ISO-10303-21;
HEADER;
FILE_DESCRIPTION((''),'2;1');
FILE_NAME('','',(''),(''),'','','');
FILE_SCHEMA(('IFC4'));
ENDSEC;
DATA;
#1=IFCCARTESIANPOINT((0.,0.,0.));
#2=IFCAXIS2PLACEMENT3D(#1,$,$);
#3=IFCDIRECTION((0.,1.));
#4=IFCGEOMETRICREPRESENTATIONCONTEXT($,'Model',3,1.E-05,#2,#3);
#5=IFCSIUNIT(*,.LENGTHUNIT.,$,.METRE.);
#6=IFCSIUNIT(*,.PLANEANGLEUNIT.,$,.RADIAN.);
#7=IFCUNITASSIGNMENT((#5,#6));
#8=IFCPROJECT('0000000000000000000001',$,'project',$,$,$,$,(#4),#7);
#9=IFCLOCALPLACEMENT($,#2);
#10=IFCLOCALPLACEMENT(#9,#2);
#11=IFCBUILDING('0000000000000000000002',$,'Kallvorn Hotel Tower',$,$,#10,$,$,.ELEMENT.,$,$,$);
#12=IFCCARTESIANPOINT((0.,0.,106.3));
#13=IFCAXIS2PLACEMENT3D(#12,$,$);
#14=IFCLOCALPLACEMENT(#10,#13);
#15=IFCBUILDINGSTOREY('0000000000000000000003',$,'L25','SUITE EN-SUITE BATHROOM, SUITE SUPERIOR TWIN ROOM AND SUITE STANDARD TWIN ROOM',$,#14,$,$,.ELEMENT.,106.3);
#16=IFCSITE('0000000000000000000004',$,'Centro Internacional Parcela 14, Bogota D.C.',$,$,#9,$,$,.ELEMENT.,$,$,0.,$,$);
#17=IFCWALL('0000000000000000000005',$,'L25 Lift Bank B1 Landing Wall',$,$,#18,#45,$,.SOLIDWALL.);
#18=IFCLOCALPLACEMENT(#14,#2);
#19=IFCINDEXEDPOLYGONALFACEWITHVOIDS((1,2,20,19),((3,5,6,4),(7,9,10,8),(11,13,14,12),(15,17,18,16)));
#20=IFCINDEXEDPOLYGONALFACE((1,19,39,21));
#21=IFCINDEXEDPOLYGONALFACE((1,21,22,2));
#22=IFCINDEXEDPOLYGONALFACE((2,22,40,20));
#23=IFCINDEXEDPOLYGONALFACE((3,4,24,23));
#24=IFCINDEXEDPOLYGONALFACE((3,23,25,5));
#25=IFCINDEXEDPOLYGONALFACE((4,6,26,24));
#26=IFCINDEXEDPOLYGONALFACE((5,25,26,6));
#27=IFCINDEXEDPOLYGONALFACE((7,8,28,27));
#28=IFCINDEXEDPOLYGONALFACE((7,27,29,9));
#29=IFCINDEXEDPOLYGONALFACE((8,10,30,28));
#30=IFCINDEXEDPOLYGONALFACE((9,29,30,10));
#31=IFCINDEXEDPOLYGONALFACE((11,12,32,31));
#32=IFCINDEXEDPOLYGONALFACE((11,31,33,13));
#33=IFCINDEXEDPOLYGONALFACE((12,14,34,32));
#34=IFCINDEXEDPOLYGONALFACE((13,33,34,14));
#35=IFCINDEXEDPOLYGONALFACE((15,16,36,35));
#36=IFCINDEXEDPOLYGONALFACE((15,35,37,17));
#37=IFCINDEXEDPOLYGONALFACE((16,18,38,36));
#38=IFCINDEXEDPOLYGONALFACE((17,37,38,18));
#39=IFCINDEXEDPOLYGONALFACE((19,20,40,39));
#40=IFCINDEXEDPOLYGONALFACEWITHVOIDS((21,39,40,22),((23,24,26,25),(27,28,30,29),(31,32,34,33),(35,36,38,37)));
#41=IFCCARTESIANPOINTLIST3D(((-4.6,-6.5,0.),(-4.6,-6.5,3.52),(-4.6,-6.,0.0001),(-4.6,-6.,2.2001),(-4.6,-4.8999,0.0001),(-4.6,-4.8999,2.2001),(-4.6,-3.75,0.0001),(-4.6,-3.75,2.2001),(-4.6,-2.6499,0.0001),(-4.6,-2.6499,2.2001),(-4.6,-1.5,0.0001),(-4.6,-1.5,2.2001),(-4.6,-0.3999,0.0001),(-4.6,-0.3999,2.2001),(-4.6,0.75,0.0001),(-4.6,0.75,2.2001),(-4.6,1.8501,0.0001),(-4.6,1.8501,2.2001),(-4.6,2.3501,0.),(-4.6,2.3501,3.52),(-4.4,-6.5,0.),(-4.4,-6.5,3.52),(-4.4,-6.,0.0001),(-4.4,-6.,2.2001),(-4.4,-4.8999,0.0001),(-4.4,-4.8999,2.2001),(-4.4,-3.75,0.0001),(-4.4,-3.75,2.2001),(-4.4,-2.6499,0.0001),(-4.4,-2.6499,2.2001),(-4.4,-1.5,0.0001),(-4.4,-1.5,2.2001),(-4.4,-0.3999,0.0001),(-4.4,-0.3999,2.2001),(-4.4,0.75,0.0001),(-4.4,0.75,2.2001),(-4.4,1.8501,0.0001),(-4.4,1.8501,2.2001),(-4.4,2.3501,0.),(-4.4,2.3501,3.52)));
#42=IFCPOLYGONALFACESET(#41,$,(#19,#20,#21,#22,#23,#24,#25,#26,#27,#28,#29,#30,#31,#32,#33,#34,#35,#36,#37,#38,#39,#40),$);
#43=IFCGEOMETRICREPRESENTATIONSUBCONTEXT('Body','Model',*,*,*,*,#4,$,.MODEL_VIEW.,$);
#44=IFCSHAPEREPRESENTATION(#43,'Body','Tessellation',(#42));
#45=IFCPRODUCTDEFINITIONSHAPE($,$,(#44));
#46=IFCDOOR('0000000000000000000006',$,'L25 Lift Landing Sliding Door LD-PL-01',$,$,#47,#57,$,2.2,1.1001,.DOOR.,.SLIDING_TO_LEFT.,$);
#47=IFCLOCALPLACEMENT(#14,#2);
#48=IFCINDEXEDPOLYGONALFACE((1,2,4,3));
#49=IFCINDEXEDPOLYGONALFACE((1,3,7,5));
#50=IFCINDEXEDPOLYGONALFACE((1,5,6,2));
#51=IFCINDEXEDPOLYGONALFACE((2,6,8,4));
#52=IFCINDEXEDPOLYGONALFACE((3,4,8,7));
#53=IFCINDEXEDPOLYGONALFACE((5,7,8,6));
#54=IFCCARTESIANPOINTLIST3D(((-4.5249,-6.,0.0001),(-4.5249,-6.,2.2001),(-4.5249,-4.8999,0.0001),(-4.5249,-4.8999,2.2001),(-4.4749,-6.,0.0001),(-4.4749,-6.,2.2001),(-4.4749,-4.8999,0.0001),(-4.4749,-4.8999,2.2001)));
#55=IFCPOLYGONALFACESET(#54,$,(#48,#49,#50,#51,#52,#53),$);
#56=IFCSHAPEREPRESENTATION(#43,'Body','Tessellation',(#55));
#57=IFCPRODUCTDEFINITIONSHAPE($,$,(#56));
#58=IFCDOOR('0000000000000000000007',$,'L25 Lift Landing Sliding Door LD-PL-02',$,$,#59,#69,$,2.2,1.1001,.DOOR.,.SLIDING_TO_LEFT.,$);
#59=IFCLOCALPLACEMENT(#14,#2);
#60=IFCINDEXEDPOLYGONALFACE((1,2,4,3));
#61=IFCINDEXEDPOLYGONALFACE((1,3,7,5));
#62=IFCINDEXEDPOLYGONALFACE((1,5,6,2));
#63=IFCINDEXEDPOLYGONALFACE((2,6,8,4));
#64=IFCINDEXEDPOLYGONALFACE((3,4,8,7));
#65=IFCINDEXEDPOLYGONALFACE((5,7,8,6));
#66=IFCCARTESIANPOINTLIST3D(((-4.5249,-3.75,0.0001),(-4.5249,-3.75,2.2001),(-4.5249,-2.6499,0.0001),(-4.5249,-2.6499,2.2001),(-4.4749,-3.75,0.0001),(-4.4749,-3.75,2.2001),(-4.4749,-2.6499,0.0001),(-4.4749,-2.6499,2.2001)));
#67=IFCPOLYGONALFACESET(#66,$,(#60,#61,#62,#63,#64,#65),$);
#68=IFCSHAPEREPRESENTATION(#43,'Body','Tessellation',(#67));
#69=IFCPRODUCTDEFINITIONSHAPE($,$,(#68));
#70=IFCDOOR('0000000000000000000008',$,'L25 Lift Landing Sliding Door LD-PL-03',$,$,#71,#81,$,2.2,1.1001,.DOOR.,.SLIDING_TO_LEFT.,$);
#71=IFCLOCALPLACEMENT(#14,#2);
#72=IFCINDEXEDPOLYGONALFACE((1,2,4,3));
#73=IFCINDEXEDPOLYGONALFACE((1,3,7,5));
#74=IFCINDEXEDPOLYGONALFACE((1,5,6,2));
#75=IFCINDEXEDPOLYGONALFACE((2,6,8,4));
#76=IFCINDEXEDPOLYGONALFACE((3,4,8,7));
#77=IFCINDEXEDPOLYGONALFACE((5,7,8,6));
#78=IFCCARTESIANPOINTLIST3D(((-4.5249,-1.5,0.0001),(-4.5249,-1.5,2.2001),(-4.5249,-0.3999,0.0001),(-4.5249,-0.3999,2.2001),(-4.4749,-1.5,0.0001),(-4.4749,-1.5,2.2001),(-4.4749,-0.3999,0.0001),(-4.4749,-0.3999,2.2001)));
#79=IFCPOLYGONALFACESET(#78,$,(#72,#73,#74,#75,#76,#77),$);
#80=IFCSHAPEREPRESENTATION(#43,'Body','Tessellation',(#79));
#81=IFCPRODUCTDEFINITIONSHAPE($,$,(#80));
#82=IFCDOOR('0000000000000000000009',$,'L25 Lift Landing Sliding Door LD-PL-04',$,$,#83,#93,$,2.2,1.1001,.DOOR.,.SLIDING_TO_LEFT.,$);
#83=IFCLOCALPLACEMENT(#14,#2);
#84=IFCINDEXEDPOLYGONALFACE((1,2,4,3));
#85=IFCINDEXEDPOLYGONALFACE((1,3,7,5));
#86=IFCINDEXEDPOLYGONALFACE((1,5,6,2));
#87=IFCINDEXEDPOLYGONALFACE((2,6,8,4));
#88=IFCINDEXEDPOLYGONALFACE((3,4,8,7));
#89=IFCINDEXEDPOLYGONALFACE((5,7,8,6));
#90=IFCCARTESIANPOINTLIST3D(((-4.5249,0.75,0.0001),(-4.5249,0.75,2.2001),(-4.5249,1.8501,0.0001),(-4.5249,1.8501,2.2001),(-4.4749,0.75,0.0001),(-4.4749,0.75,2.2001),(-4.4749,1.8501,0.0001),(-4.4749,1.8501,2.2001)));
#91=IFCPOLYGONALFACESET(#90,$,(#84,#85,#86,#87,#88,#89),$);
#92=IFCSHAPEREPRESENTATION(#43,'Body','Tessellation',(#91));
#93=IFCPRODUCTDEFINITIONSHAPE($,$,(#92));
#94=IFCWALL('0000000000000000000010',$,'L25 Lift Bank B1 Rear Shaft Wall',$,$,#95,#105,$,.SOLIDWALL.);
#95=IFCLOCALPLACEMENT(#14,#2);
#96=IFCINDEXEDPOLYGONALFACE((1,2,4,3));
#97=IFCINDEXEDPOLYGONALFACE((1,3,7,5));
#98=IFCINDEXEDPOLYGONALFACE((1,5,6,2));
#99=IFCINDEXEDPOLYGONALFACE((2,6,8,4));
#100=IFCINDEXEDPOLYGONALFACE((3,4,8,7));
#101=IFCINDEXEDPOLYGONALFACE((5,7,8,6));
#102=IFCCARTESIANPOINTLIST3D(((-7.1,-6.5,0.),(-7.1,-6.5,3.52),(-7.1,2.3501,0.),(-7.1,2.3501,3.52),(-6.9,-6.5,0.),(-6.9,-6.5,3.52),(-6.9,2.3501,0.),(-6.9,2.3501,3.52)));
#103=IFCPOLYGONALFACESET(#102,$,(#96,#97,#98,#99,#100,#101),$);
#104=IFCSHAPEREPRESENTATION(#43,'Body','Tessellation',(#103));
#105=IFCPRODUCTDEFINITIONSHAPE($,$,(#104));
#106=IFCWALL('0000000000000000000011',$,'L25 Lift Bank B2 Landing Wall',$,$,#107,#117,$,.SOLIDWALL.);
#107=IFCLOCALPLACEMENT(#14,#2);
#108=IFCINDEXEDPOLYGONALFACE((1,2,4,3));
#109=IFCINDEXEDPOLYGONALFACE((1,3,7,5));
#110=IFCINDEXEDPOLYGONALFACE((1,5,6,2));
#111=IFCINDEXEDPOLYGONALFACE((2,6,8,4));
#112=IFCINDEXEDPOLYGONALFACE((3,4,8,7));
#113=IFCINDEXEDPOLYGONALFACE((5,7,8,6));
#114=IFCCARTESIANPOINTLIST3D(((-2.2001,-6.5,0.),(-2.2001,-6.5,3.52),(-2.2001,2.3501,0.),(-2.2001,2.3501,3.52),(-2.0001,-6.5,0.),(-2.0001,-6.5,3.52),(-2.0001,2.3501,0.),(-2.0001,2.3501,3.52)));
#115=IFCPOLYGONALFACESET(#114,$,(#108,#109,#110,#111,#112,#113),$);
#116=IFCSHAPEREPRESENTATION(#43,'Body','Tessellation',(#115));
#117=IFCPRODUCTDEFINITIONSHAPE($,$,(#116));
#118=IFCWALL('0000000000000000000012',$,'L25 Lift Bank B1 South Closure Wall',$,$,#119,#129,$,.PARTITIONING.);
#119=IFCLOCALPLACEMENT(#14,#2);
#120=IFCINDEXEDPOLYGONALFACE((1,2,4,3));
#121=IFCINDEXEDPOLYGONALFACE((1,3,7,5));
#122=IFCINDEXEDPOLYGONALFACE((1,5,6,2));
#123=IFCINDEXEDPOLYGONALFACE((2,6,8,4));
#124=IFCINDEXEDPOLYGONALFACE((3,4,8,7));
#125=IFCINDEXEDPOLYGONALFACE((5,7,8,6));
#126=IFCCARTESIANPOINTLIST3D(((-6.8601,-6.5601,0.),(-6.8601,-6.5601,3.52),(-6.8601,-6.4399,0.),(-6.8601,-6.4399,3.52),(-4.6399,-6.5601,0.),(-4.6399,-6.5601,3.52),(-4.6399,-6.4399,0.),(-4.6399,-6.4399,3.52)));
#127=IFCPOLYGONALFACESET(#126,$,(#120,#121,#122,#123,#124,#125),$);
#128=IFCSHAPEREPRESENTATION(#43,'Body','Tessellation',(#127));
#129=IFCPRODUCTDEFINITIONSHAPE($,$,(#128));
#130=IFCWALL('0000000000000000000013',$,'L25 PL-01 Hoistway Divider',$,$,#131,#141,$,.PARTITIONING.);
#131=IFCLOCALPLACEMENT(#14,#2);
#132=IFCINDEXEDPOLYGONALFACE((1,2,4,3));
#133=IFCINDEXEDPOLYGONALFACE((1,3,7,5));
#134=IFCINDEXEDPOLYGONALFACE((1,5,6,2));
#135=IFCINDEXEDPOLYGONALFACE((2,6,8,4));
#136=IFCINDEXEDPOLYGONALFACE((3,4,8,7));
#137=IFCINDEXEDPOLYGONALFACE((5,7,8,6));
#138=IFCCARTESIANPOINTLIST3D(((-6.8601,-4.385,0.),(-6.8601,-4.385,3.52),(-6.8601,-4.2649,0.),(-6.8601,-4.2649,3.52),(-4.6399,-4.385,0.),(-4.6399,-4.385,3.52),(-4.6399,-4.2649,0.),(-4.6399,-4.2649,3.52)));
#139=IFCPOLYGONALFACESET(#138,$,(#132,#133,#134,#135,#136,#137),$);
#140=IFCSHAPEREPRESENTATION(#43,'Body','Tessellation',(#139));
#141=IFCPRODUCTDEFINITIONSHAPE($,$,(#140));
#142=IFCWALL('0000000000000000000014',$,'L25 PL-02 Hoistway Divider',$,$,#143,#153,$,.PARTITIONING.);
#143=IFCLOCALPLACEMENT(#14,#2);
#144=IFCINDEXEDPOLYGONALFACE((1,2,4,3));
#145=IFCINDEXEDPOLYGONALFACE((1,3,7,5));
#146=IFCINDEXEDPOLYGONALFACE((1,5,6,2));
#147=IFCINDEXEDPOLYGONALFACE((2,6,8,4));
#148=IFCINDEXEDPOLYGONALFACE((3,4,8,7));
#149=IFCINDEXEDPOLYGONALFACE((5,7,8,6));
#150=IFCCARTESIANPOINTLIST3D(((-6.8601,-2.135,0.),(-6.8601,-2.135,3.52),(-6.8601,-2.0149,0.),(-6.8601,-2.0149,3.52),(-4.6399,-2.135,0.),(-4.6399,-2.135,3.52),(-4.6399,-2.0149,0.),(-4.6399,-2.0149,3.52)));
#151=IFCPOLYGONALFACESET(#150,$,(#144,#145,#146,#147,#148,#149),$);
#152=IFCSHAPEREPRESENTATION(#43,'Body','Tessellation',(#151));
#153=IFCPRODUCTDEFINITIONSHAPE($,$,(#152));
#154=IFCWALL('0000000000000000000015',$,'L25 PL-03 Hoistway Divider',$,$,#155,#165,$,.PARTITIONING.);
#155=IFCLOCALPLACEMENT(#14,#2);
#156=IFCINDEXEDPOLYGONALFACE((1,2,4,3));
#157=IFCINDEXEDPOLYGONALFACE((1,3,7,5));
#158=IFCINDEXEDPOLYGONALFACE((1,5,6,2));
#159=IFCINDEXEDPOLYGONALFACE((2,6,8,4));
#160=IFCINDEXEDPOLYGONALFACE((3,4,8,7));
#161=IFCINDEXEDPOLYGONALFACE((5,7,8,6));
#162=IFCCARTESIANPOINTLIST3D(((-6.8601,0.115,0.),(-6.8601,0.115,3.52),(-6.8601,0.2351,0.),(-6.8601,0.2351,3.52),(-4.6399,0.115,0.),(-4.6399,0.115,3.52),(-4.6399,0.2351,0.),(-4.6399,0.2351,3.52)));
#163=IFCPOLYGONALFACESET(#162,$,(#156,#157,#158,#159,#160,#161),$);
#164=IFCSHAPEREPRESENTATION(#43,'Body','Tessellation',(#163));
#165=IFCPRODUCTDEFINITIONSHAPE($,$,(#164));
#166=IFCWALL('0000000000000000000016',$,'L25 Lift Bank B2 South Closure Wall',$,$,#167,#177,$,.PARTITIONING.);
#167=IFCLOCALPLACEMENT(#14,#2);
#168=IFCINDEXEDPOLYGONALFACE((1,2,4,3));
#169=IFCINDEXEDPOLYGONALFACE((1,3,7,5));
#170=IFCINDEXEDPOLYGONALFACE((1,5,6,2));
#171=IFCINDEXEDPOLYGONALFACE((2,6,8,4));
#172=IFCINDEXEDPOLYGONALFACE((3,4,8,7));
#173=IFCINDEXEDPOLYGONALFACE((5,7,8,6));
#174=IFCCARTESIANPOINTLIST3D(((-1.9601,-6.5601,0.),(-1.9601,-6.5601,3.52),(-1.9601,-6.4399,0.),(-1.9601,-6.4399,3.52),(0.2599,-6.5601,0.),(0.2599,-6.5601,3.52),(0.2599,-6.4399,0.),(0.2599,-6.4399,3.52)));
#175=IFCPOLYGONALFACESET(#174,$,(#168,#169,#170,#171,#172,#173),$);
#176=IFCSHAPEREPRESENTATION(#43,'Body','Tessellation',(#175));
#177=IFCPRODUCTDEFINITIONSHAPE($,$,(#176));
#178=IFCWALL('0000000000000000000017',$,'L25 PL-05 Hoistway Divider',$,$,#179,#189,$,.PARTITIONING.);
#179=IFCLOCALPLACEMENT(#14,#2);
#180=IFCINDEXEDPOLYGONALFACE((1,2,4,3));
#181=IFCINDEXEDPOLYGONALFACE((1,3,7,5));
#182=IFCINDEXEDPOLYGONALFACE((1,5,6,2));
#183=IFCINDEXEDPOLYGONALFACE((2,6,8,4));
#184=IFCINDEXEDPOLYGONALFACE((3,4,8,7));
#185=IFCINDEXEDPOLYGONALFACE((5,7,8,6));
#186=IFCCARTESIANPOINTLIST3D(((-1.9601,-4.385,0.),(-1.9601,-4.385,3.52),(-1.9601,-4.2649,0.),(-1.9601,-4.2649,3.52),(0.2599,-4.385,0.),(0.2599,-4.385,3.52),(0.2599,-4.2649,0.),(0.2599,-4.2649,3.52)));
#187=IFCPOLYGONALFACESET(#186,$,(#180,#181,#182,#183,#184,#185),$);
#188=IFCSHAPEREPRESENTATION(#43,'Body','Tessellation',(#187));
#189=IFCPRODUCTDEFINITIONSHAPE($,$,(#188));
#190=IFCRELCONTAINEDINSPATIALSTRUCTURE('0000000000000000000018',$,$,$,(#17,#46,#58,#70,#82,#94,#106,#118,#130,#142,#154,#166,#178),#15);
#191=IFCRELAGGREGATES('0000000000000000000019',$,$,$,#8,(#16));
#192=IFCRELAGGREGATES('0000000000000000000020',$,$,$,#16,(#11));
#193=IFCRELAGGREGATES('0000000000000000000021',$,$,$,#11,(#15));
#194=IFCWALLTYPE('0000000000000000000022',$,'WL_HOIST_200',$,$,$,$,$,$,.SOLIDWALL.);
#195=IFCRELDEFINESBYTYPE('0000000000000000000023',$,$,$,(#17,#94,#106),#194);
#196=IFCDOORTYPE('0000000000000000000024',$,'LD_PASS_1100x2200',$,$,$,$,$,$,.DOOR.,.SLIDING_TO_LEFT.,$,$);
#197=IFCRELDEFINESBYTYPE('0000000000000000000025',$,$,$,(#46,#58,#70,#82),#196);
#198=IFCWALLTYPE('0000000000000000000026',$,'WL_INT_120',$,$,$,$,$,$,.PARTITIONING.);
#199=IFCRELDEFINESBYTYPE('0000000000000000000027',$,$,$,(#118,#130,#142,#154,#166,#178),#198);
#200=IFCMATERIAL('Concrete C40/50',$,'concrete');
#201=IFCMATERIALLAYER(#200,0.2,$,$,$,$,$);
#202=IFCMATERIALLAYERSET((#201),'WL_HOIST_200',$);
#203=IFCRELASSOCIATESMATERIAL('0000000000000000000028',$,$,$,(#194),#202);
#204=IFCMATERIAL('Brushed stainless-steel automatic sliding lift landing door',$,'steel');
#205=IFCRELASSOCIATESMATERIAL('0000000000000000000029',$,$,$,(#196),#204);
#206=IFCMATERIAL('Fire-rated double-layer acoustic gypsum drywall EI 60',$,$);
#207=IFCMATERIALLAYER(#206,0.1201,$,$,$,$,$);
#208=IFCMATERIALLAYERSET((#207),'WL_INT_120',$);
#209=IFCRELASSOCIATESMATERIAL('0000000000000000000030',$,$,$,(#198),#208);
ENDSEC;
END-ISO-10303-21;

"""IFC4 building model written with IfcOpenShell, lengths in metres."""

from ifc_helpers import new_model, si_unit, direction, frame, frame_2d, origin, place, context, subcontext, project, spatial, rectangle, extrude, material, layer, layer_set, type_object, element, fill, save


model = new_model("IFC4")

# Units and contexts
model_context = context("Model", 3, precision=1e-05, world=origin(), true_north=direction((0.0, 1.0)))
body_context = subcontext(model_context, "Body", "Model", "MODEL_VIEW")
ifc_project = project(units=[si_unit("LENGTHUNIT", "METRE"), si_unit("PLANEANGLEUNIT", "RADIAN")], contexts=[model_context])

# Site, building, storey
site_placement = place(None, origin())
site = spatial("IfcSite", under=ifc_project, at=site_placement, Name="Centro Internacional Parcela 14, Bogota D.C.", CompositionType="ELEMENT", RefElevation=0.0)
building_placement = place(site_placement, origin())
building = spatial("IfcBuilding", under=site, at=building_placement, Name="Kallvorn Hotel Tower", CompositionType="ELEMENT")
storey_placement = place(building_placement, frame((0.0, 0.0, 106.3)))
storey = spatial("IfcBuildingStorey", under=building, at=storey_placement, Name="L25", Description="SUITE EN-SUITE BATHROOM, SUITE SUPERIOR TWIN ROOM AND SUITE STANDARD TWIN ROOM", CompositionType="ELEMENT", Elevation=106.3)

# Wall, openings, doors
ifc_material_1 = material(Name="Concrete C40/50", Category="concrete")
ifc_layer_1 = layer(ifc_material_1, 0.2)
ifc_layer_set_1 = layer_set([ifc_layer_1], Name="WL_HOIST_200")
wall_type_1 = type_object("IfcWallType", Name="WL_HOIST_200", PredefinedType="SOLIDWALL", material=ifc_layer_set_1)
wall_1_placement = place(storey_placement, frame((-4.5, -6.5, 0.0), z_axis=(0.0, 0.0, 1.0), x_axis=(0.0, 1.0, 0.0)))
wall_1 = element("IfcWall", 1, at=wall_1_placement, inside=storey, type_object=wall_type_1, Name="L25 Lift Bank B1 Landing Wall", PredefinedType="SOLIDWALL", context=body_context, shape_type="SweptSolid", body=[
    extrude(rectangle(XDim=8.8501, YDim=0.2, at=frame_2d((4.425, 0.0))), origin(), (0.0, 0.0, 1.0), 3.52),
])
opening_1_placement = place(wall_1_placement, frame((0.5, 0.0, 0.0)))
opening_1 = element("IfcOpeningElement", 2, at=opening_1_placement, cuts=wall_1, PredefinedType="OPENING", context=body_context, shape_type="SweptSolid", body=[
    extrude(rectangle(XDim=1.1001, YDim=2.2, at=frame_2d((0.55, 1.1001))), frame((0.0, 0.115, 0.0), z_axis=(0.0, -1.0, 0.0), x_axis=(1.0, 0.0, 0.0)), (0.0, 0.0, 1.0), 0.23),
])
opening_2_placement = place(wall_1_placement, frame((2.75, 0.0, 0.0)))
opening_2 = element("IfcOpeningElement", 3, at=opening_2_placement, cuts=wall_1, PredefinedType="OPENING", context=body_context, shape_type="SweptSolid", body=[
    extrude(rectangle(XDim=1.1001, YDim=2.2, at=frame_2d((0.55, 1.1001))), frame((0.0, 0.115, 0.0), z_axis=(0.0, -1.0, 0.0), x_axis=(1.0, 0.0, 0.0)), (0.0, 0.0, 1.0), 0.23),
])
opening_3_placement = place(wall_1_placement, frame((5.0, 0.0, 0.0)))
opening_3 = element("IfcOpeningElement", 4, at=opening_3_placement, cuts=wall_1, PredefinedType="OPENING", context=body_context, shape_type="SweptSolid", body=[
    extrude(rectangle(XDim=1.1001, YDim=2.2, at=frame_2d((0.55, 1.1001))), frame((0.0, 0.115, 0.0), z_axis=(0.0, -1.0, 0.0), x_axis=(1.0, 0.0, 0.0)), (0.0, 0.0, 1.0), 0.23),
])
opening_4_placement = place(wall_1_placement, frame((7.25, 0.0, 0.0)))
opening_4 = element("IfcOpeningElement", 5, at=opening_4_placement, cuts=wall_1, PredefinedType="OPENING", context=body_context, shape_type="SweptSolid", body=[
    extrude(rectangle(XDim=1.1001, YDim=2.2, at=frame_2d((0.55, 1.1001))), frame((0.0, 0.115, 0.0), z_axis=(0.0, -1.0, 0.0), x_axis=(1.0, 0.0, 0.0)), (0.0, 0.0, 1.0), 0.23),
])
ifc_material_2 = material(Name="Brushed stainless-steel automatic sliding lift landing door", Category="steel")
door_type_1 = type_object("IfcDoorType", Name="LD_PASS_1100x2200", OperationType="SLIDING_TO_LEFT", PredefinedType="DOOR", material=ifc_material_2)
door_1_placement = place(opening_1_placement, origin())
door_1 = element("IfcDoor", 6, at=door_1_placement, inside=storey, type_object=door_type_1, Name="L25 Lift Landing Sliding Door LD-PL-01", OperationType="SLIDING_TO_LEFT", OverallHeight=2.2, OverallWidth=1.1001, PredefinedType="DOOR", context=body_context, shape_type="SweptSolid", body=[
    extrude(rectangle(XDim=1.1001, YDim=2.2, at=frame_2d((0.55, 1.1001))), frame((0.0, 0.0249, 0.0), z_axis=(0.0, -1.0, 0.0), x_axis=(1.0, 0.0, 0.0)), (0.0, 0.0, 1.0), 0.05),
])
fill(opening_1, door_1)
door_2_placement = place(opening_2_placement, origin())
door_2 = element("IfcDoor", 7, at=door_2_placement, inside=storey, type_object=door_type_1, Name="L25 Lift Landing Sliding Door LD-PL-02", OperationType="SLIDING_TO_LEFT", OverallHeight=2.2, OverallWidth=1.1001, PredefinedType="DOOR", context=body_context, shape_type="SweptSolid", body=[
    extrude(rectangle(XDim=1.1001, YDim=2.2, at=frame_2d((0.55, 1.1001))), frame((0.0, 0.0249, 0.0), z_axis=(0.0, -1.0, 0.0), x_axis=(1.0, 0.0, 0.0)), (0.0, 0.0, 1.0), 0.05),
])
fill(opening_2, door_2)
door_3_placement = place(opening_3_placement, origin())
door_3 = element("IfcDoor", 8, at=door_3_placement, inside=storey, type_object=door_type_1, Name="L25 Lift Landing Sliding Door LD-PL-03", OperationType="SLIDING_TO_LEFT", OverallHeight=2.2, OverallWidth=1.1001, PredefinedType="DOOR", context=body_context, shape_type="SweptSolid", body=[
    extrude(rectangle(XDim=1.1001, YDim=2.2, at=frame_2d((0.55, 1.1001))), frame((0.0, 0.0249, 0.0), z_axis=(0.0, -1.0, 0.0), x_axis=(1.0, 0.0, 0.0)), (0.0, 0.0, 1.0), 0.05),
])
fill(opening_3, door_3)
door_4_placement = place(opening_4_placement, origin())
door_4 = element("IfcDoor", 9, at=door_4_placement, inside=storey, type_object=door_type_1, Name="L25 Lift Landing Sliding Door LD-PL-04", OperationType="SLIDING_TO_LEFT", OverallHeight=2.2, OverallWidth=1.1001, PredefinedType="DOOR", context=body_context, shape_type="SweptSolid", body=[
    extrude(rectangle(XDim=1.1001, YDim=2.2, at=frame_2d((0.55, 1.1001))), frame((0.0, 0.0249, 0.0), z_axis=(0.0, -1.0, 0.0), x_axis=(1.0, 0.0, 0.0)), (0.0, 0.0, 1.0), 0.05),
])
fill(opening_4, door_4)

# Walls
for number, where, z_axis, x_axis, name in (
    (10, (-7.0, -6.5, 0.0), (0.0, 0.0, 1.0), (0.0, 1.0, 0.0), "L25 Lift Bank B1 Rear Shaft Wall"),
    (11, (-2.1001, -6.5, 0.0), (0.0, 0.0, 1.0), (0.0, 1.0, 0.0), "L25 Lift Bank B2 Landing Wall"),
):
    element("IfcWall", number, at=place(storey_placement, frame(where, z_axis=z_axis, x_axis=x_axis)), inside=storey, type_object=wall_type_1, Name=name, PredefinedType="SOLIDWALL", context=body_context, shape_type="SweptSolid", body=[
        extrude(rectangle(XDim=8.8501, YDim=0.2, at=frame_2d((4.425, 0.0))), origin(), (0.0, 0.0, 1.0), 3.52),
    ])
ifc_material_3 = material(Name="Fire-rated double-layer acoustic gypsum drywall EI 60")
ifc_layer_2 = layer(ifc_material_3, 0.1201)
ifc_layer_set_2 = layer_set([ifc_layer_2], Name="WL_INT_120")
wall_type_2 = type_object("IfcWallType", Name="WL_INT_120", PredefinedType="PARTITIONING", material=ifc_layer_set_2)
for number, where, z_axis, x_axis, name in (
    (12, (-6.8601, -6.5, 0.0), (0.0, 0.0, 1.0), (1.0, 0.0, 0.0), "L25 Lift Bank B1 South Closure Wall"),
    (13, (-6.8601, -4.325, 0.0), (0.0, 0.0, 1.0), (1.0, 0.0, 0.0), "L25 PL-01 Hoistway Divider"),
    (14, (-6.8601, -2.075, 0.0), (0.0, 0.0, 1.0), (1.0, 0.0, 0.0), "L25 PL-02 Hoistway Divider"),
    (15, (-6.8601, 0.175, 0.0), (0.0, 0.0, 1.0), (1.0, 0.0, 0.0), "L25 PL-03 Hoistway Divider"),
):
    element("IfcWall", number, at=place(storey_placement, frame(where, z_axis=z_axis, x_axis=x_axis)), inside=storey, type_object=wall_type_2, Name=name, PredefinedType="PARTITIONING", context=body_context, shape_type="SweptSolid", body=[
        extrude(rectangle(XDim=2.2202, YDim=0.1201, at=frame_2d((1.1101, 0.0))), origin(), (0.0, 0.0, 1.0), 3.52),
    ])
for number, where, z_axis, x_axis, name in (
    (16, (-1.96, -6.5, 0.0), (0.0, 0.0, 1.0), (1.0, 0.0, 0.0), "L25 Lift Bank B2 South Closure Wall"),
    (17, (-1.96, -4.325, 0.0), (0.0, 0.0, 1.0), (1.0, 0.0, 0.0), "L25 PL-05 Hoistway Divider"),
):
    element("IfcWall", number, at=place(storey_placement, frame(where, z_axis=z_axis, x_axis=x_axis)), inside=storey, type_object=wall_type_2, Name=name, PredefinedType="PARTITIONING", context=body_context, shape_type="SweptSolid", body=[
        extrude(rectangle(XDim=2.22, YDim=0.1201, at=frame_2d((1.1099, 0.0))), origin(), (0.0, 0.0, 1.0), 3.52),
    ])

save(model, "model.ifc")
